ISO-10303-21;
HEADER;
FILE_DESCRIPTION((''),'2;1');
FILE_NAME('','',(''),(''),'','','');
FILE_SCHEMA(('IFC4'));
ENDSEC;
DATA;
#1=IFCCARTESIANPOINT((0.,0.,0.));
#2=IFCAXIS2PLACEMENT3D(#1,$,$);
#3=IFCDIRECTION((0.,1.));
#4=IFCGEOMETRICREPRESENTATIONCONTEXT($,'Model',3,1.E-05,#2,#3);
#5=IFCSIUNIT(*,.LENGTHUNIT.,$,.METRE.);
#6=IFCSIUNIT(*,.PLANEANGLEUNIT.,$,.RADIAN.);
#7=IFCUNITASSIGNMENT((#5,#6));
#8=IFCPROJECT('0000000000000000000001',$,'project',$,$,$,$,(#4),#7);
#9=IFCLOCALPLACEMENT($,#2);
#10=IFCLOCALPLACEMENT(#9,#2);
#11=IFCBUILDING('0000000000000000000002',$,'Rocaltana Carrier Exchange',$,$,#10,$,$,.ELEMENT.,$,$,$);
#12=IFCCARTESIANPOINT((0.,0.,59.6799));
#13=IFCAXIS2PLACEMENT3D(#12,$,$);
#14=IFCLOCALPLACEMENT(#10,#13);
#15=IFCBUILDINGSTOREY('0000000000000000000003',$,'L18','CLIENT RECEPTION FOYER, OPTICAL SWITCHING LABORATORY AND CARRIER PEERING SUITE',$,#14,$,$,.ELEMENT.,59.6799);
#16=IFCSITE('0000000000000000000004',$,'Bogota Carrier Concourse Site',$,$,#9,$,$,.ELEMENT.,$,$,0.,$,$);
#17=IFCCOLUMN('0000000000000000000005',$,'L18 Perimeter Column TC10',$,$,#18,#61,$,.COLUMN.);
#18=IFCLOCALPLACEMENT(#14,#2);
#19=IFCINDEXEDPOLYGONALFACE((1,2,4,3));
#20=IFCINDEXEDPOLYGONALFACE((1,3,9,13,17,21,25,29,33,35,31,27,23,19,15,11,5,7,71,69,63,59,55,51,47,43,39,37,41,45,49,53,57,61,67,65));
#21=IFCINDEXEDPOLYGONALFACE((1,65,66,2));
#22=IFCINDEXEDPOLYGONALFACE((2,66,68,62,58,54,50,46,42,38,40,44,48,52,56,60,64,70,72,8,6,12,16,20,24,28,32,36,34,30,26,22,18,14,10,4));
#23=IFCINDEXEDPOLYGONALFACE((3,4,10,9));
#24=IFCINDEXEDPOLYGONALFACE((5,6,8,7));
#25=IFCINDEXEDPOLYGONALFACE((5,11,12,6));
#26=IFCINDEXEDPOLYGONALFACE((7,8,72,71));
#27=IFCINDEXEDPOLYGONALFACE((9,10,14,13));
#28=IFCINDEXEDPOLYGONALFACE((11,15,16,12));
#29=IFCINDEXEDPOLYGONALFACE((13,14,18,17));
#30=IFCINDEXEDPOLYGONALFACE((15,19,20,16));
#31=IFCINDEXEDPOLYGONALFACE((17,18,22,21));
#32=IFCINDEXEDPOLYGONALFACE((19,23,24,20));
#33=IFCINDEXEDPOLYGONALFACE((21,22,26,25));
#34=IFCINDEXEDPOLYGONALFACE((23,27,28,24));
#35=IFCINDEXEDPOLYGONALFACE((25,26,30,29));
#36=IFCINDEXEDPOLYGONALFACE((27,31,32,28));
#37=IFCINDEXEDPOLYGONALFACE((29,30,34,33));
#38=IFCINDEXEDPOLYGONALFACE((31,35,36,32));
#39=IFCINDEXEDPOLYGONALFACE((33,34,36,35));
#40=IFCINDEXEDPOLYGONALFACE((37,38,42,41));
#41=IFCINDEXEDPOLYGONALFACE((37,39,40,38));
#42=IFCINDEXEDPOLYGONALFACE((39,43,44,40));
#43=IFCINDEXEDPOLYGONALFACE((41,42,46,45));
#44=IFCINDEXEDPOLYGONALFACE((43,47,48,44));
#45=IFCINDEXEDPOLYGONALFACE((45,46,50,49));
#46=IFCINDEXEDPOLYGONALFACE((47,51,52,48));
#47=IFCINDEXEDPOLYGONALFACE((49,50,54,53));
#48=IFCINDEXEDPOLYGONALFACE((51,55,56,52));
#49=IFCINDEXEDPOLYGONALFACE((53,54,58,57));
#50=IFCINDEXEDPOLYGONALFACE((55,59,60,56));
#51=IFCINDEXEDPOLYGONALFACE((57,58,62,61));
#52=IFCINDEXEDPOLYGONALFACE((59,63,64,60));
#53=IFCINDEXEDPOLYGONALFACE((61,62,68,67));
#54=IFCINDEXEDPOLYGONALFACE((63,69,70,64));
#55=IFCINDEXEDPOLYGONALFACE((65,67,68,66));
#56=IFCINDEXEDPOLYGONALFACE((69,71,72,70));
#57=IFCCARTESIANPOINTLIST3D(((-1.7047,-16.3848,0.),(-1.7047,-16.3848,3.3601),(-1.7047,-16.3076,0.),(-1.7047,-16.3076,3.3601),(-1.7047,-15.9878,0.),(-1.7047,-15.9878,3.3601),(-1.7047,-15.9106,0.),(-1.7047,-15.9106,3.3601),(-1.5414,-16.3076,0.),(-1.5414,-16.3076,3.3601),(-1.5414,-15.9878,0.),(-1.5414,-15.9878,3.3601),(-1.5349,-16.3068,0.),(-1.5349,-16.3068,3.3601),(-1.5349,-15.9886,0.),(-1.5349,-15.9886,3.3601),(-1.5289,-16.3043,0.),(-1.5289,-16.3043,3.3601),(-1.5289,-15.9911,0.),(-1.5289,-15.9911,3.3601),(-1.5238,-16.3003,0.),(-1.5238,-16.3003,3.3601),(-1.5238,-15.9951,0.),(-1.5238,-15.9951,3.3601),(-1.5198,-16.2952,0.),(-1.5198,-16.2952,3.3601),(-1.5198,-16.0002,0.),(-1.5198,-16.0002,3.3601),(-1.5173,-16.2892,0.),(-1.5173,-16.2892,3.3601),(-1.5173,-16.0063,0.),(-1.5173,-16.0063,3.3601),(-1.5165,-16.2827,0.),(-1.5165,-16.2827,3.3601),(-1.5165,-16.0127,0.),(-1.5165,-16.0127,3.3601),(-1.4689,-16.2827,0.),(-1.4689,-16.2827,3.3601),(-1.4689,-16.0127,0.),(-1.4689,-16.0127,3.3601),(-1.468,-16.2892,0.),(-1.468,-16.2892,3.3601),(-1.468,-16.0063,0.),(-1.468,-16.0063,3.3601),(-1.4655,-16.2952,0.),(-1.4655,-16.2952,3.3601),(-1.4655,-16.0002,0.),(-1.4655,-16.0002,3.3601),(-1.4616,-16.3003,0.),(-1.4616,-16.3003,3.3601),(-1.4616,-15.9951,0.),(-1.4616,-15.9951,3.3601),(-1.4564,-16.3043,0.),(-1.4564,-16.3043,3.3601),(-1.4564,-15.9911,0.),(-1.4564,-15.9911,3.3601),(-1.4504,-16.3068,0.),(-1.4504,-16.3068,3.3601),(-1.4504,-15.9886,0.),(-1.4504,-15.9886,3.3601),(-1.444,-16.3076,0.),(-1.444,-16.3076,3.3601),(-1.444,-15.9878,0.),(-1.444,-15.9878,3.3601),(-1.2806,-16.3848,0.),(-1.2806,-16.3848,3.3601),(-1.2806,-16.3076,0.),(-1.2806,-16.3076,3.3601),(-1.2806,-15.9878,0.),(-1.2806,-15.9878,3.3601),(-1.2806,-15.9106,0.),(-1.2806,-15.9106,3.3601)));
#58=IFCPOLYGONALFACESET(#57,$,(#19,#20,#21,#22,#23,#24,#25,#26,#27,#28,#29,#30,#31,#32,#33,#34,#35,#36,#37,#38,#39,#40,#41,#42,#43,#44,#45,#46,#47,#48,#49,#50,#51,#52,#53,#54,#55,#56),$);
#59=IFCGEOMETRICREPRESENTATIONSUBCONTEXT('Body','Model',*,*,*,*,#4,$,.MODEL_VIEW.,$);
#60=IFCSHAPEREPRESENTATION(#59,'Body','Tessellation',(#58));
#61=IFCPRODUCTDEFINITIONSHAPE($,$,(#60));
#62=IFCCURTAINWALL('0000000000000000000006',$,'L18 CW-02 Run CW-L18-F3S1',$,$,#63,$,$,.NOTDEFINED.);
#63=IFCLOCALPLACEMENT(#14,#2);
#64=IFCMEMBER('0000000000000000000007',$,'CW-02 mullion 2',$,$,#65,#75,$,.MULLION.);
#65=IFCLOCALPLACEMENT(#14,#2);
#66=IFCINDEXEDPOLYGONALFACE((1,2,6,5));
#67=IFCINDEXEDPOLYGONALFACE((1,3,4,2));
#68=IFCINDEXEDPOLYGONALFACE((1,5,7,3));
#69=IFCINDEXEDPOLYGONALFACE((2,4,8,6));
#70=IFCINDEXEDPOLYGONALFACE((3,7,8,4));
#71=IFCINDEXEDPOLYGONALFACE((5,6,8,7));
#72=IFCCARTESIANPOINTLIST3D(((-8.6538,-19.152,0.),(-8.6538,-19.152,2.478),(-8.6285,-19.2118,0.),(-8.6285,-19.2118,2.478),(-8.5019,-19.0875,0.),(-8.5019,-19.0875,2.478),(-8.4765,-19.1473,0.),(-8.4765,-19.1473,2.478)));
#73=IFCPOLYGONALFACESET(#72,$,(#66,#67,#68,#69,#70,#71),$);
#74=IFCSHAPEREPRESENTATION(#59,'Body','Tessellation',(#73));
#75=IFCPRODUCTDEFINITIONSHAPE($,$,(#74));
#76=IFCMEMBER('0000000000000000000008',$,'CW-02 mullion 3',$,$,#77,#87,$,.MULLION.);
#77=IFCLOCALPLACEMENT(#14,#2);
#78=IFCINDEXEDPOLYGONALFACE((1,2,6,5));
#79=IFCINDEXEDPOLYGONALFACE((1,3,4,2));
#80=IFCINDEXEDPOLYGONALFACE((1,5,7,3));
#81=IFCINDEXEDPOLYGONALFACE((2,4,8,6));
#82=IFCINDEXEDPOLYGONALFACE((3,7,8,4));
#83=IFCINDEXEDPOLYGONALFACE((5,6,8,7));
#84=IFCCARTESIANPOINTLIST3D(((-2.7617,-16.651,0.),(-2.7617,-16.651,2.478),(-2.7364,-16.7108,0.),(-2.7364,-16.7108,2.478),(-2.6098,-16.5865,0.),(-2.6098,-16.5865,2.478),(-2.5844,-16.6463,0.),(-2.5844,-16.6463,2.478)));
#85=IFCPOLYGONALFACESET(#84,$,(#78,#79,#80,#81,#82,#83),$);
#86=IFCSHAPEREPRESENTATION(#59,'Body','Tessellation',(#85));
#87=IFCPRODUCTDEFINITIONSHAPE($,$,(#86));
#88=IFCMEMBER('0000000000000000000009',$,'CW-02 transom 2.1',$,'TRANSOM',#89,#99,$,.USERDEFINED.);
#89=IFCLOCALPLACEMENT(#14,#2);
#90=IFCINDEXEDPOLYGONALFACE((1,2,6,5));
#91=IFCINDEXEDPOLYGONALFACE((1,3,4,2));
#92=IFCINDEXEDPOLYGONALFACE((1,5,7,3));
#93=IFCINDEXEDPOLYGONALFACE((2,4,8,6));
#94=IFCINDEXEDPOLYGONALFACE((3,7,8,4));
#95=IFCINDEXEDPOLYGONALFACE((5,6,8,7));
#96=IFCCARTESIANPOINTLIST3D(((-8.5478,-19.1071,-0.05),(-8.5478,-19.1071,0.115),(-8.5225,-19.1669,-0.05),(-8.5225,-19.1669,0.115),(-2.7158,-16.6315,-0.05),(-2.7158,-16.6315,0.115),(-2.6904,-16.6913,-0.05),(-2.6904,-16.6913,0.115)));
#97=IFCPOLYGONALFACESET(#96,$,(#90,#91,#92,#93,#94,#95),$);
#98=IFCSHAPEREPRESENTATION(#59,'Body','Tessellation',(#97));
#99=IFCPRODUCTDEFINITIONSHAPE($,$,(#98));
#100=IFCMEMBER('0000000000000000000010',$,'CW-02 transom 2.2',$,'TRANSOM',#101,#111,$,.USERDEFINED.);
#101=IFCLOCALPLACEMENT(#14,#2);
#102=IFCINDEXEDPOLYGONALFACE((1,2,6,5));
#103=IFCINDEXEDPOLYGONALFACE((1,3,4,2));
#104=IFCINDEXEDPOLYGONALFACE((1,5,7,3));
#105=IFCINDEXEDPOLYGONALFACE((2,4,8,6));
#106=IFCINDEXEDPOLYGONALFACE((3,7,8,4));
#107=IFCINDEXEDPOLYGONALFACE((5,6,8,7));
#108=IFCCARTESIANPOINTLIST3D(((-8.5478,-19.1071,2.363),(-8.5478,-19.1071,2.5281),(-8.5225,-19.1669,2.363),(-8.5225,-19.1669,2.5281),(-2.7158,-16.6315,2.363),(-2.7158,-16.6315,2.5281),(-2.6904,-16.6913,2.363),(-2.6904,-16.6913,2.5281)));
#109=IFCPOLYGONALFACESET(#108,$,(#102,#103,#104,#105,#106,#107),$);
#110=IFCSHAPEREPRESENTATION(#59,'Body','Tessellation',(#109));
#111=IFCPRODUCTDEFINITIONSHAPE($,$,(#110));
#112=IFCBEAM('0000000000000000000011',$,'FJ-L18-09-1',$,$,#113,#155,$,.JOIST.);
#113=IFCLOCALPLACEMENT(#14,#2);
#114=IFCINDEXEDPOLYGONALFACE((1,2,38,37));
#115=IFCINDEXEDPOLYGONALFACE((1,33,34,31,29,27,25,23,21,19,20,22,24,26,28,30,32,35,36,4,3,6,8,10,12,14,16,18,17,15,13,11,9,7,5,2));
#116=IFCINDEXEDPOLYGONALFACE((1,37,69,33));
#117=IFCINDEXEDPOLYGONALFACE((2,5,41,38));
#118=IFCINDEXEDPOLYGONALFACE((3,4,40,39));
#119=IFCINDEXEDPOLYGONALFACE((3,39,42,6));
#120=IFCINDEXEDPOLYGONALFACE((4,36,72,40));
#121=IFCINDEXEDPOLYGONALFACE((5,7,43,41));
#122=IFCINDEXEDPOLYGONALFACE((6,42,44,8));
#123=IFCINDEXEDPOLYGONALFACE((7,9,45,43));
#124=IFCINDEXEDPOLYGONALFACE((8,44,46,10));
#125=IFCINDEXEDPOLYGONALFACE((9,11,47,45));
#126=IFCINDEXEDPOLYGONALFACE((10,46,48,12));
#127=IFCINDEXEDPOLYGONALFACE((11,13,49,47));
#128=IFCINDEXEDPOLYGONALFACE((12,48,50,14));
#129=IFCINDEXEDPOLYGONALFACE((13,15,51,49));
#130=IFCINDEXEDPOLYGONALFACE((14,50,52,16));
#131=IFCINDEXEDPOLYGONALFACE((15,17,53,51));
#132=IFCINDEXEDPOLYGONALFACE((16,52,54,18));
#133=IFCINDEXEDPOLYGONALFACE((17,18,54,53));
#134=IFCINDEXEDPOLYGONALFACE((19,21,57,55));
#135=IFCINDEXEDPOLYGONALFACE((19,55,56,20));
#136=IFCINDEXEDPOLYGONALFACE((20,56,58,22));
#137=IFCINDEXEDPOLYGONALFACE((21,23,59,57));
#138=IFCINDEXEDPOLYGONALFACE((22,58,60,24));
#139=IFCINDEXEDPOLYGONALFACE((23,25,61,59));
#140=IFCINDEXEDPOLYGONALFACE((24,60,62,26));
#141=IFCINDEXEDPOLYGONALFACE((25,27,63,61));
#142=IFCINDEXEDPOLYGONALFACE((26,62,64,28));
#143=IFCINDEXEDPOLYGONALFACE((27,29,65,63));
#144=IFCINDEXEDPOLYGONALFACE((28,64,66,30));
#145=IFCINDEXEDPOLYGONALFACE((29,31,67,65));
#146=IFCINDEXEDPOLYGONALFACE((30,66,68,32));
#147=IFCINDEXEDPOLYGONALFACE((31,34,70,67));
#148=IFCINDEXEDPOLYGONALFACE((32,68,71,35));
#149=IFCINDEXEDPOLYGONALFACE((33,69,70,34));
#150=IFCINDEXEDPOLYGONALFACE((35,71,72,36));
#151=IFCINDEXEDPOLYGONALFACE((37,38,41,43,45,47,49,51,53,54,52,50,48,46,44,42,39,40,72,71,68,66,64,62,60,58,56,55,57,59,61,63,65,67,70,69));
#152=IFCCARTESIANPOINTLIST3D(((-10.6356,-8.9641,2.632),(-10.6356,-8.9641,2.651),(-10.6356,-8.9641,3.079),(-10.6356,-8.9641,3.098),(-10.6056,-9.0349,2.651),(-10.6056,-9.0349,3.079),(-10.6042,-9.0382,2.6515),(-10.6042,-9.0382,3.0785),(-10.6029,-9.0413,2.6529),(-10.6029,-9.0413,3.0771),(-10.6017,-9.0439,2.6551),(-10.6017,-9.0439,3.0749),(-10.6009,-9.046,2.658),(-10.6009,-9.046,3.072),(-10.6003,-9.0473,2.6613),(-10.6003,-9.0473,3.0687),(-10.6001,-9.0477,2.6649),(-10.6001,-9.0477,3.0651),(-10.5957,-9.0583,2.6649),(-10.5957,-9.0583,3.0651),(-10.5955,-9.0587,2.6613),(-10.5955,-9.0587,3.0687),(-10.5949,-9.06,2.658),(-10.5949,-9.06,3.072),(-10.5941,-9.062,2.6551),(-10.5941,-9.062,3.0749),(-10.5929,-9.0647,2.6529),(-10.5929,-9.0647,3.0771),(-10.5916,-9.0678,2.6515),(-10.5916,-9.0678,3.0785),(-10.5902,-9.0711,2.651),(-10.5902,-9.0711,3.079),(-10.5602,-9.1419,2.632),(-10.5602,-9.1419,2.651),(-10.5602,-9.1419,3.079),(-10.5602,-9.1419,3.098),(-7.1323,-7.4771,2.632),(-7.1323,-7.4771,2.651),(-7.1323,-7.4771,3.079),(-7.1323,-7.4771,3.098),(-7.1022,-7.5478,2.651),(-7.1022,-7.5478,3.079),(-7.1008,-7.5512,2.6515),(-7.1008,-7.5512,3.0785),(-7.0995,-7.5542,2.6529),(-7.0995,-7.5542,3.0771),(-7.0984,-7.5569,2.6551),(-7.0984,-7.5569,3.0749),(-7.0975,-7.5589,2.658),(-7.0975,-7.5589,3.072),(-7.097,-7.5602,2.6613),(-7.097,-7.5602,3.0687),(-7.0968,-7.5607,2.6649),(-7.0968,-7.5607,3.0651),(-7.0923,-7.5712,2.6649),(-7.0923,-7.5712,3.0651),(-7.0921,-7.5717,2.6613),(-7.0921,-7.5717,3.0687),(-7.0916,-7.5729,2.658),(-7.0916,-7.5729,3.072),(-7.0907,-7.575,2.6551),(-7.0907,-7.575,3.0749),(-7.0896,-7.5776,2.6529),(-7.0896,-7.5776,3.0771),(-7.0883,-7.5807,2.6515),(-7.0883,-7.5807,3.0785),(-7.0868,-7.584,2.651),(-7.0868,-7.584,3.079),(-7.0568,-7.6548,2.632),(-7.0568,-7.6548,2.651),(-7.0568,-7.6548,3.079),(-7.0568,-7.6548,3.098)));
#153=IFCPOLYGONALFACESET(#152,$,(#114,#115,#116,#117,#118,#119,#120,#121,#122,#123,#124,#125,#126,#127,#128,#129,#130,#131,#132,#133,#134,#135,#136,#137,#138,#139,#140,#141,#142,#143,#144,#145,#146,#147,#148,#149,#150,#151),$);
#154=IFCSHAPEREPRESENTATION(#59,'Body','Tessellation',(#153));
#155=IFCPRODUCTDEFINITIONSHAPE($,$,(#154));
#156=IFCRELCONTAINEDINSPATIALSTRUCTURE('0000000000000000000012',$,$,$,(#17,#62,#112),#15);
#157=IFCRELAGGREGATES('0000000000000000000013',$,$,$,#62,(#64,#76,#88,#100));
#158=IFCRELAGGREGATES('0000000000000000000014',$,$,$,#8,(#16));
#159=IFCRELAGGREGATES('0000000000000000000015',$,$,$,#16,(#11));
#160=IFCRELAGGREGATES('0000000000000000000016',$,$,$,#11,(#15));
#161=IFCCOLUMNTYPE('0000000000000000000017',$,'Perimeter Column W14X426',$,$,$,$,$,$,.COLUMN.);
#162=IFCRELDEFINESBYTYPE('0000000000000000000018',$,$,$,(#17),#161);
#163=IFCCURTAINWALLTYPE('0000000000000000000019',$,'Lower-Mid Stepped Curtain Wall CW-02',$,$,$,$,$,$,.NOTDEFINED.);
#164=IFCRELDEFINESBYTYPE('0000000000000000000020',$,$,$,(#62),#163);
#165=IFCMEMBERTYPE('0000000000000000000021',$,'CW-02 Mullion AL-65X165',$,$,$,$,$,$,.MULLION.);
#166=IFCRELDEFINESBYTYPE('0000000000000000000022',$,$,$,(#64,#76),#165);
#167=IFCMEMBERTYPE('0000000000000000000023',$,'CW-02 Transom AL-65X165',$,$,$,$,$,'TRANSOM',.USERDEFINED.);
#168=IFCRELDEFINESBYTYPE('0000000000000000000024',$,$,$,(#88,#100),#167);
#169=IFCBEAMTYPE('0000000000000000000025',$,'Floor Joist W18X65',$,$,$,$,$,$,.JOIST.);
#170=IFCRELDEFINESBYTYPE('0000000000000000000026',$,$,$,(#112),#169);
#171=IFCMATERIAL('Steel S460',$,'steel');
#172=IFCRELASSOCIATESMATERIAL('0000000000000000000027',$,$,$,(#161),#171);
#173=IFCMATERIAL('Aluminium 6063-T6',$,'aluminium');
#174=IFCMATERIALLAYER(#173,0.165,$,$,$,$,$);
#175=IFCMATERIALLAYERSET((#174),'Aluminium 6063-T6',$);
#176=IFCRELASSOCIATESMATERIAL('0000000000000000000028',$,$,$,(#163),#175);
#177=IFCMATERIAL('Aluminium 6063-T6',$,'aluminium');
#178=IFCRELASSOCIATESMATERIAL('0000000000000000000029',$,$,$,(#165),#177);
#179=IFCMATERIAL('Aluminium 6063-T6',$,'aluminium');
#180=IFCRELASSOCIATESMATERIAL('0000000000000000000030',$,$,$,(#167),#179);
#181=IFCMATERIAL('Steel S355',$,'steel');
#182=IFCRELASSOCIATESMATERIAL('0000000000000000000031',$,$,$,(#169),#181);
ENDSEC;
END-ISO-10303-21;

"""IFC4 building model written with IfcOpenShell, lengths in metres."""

from ifc_helpers import new_model, si_unit, direction, frame, origin, origin_2d, place, context, subcontext, project, spatial, rectangle, i_section, extrude, material, layer, layer_set, material_profile, profile_set, type_object, element, aggregate, save


model = new_model("IFC4")

# Units and contexts
model_context = context("Model", 3, precision=1e-05, world=origin(), true_north=direction((0.0, 1.0)))
body_context = subcontext(model_context, "Body", "Model", "MODEL_VIEW")
ifc_project = project(units=[si_unit("LENGTHUNIT", "METRE"), si_unit("PLANEANGLEUNIT", "RADIAN")], contexts=[model_context])

# Site, building, storey
site_placement = place(None, origin())
site = spatial("IfcSite", under=ifc_project, at=site_placement, Name="Bogota Carrier Concourse Site", CompositionType="ELEMENT", RefElevation=0.0)
building_placement = place(site_placement, origin())
building = spatial("IfcBuilding", under=site, at=building_placement, Name="Rocaltana Carrier Exchange", CompositionType="ELEMENT")
storey_placement = place(building_placement, frame((0.0, 0.0, 59.6799)))
storey = spatial("IfcBuildingStorey", under=building, at=storey_placement, Name="L18", Description="CLIENT RECEPTION FOYER, OPTICAL SWITCHING LABORATORY AND CARRIER PEERING SUITE", CompositionType="ELEMENT", Elevation=59.6799)

# Column
ifc_material_1 = material(Name="Steel S460", Category="steel")
ifc_material_profile_1 = material_profile(ifc_material_1, i_section(OverallWidth=0.4241, OverallDepth=0.4741, WebThickness=0.0476, FlangeThickness=0.0771, FilletRadius=0.0249, at=origin_2d()), Name="W14X426")
ifc_profile_set_1 = profile_set([ifc_material_profile_1], Name="Steel S460")
column_type = type_object("IfcColumnType", Name="Perimeter Column W14X426", PredefinedType="COLUMN", material=ifc_profile_set_1)
column_placement = place(storey_placement, frame((-1.4927, -16.1477, 0.0), z_axis=(0.0, 0.0, 1.0), x_axis=(1.0, 0.0, 0.0)))
element("IfcColumn", 1, at=column_placement, inside=storey, type_object=column_type, Name="L18 Perimeter Column TC10", PredefinedType="COLUMN", context=body_context, shape_type="SweptSolid", body=[
    extrude(i_section(OverallWidth=0.4241, OverallDepth=0.4741, WebThickness=0.0476, FlangeThickness=0.0771, FilletRadius=0.0249, at=origin_2d()), origin(), (0.0, 0.0, 1.0), 3.3601),
])

# Curtain wall, members
ifc_material_2 = material(Name="Aluminium 6063-T6", Category="aluminium")
ifc_layer_1 = layer(ifc_material_2, 0.165)
ifc_layer_set_1 = layer_set([ifc_layer_1], Name="Aluminium 6063-T6")
curtain_wall_type = type_object("IfcCurtainWallType", Name="Lower-Mid Stepped Curtain Wall CW-02", PredefinedType="NOTDEFINED", material=ifc_layer_set_1)
curtain_wall_placement = place(storey_placement, origin())
curtain_wall = element("IfcCurtainWall", 2, at=curtain_wall_placement, inside=storey, type_object=curtain_wall_type, Name="L18 CW-02 Run CW-L18-F3S1", PredefinedType="NOTDEFINED")
ifc_material_3 = material(Name="Aluminium 6063-T6", Category="aluminium")
ifc_material_profile_2 = material_profile(ifc_material_3, rectangle(XDim=0.0649, YDim=0.165, at=origin_2d()), Name="AL-65X165")
ifc_profile_set_2 = profile_set([ifc_material_profile_2], Name="Aluminium 6063-T6")
member_type_1 = type_object("IfcMemberType", Name="CW-02 Mullion AL-65X165", PredefinedType="MULLION", material=ifc_profile_set_2)
member_1_placement = place(storey_placement, frame((-8.5652, -19.1497, 0.0), z_axis=(0.0, 0.0, 1.0), x_axis=(-0.390729, 0.920506, 0.0)))
member_1 = element("IfcMember", 3, at=member_1_placement, type_object=member_type_1, Name="CW-02 mullion 2", PredefinedType="MULLION", context=body_context, shape_type="SweptSolid", body=[
    extrude(rectangle(XDim=0.0649, YDim=0.165, at=origin_2d()), origin(), (0.0, 0.0, 1.0), 2.478),
])
member_2_placement = place(storey_placement, frame((-2.6731, -16.6487, 0.0), z_axis=(0.0, 0.0, 1.0), x_axis=(-0.390729, 0.920506, 0.0)))
member_2 = element("IfcMember", 4, at=member_2_placement, type_object=member_type_1, Name="CW-02 mullion 3", PredefinedType="MULLION", context=body_context, shape_type="SweptSolid", body=[
    extrude(rectangle(XDim=0.0649, YDim=0.165, at=origin_2d()), origin(), (0.0, 0.0, 1.0), 2.478),
])
ifc_material_4 = material(Name="Aluminium 6063-T6", Category="aluminium")
ifc_material_profile_3 = material_profile(ifc_material_4, rectangle(XDim=0.0649, YDim=0.165, at=origin_2d()), Name="AL-65X165")
ifc_profile_set_3 = profile_set([ifc_material_profile_3], Name="Aluminium 6063-T6")
member_type_2 = type_object("IfcMemberType", Name="CW-02 Transom AL-65X165", ElementType="TRANSOM", PredefinedType="USERDEFINED", material=ifc_profile_set_3)
member_3_placement = place(storey_placement, frame((-8.5352, -19.137, 0.0325), z_axis=(0.920503, 0.390736, 0.0), x_axis=(-0.390736, 0.920503, 0.0)))
member_3 = element("IfcMember", 5, at=member_3_placement, type_object=member_type_2, Name="CW-02 transom 2.1", ObjectType="TRANSOM", PredefinedType="USERDEFINED", context=body_context, shape_type="SweptSolid", body=[
    extrude(rectangle(XDim=0.0649, YDim=0.165, at=origin_2d()), origin(), (0.0, 0.0, 1.0), 6.3357),
])
member_4_placement = place(storey_placement, frame((-8.5352, -19.137, 2.4456), z_axis=(0.920503, 0.390736, 0.0), x_axis=(-0.390736, 0.920503, 0.0)))
member_4 = element("IfcMember", 6, at=member_4_placement, type_object=member_type_2, Name="CW-02 transom 2.2", ObjectType="TRANSOM", PredefinedType="USERDEFINED", context=body_context, shape_type="SweptSolid", body=[
    extrude(rectangle(XDim=0.0649, YDim=0.165, at=origin_2d()), origin(), (0.0, 0.0, 1.0), 6.3357),
])

# Beam
ifc_material_5 = material(Name="Steel S355", Category="steel")
ifc_material_profile_4 = material_profile(ifc_material_5, i_section(OverallWidth=0.1931, OverallDepth=0.4661, WebThickness=0.0115, FlangeThickness=0.019, FilletRadius=0.0139, at=origin_2d()), Name="W18X65")
ifc_profile_set_4 = profile_set([ifc_material_profile_4], Name="Steel S355")
beam_type = type_object("IfcBeamType", Name="Floor Joist W18X65", PredefinedType="JOIST", material=ifc_profile_set_4)
beam_1_placement = place(storey_placement, frame((-10.5979, -9.053, 2.865), z_axis=(0.92051, 0.39072, 0.0), x_axis=(-0.39072, 0.92051, 0.0)))
element("IfcBeam", 7, at=beam_1_placement, inside=storey, type_object=beam_type, Name="FJ-L18-09-1", PredefinedType="JOIST", context=body_context, shape_type="SweptSolid", body=[
    extrude(i_section(OverallWidth=0.1931, OverallDepth=0.4661, WebThickness=0.0115, FlangeThickness=0.019, FilletRadius=0.0139, at=origin_2d()), origin(), (0.0, 0.0, 1.0), 3.8059),
])

aggregate(curtain_wall, [member_1, member_2, member_3, member_4])

save(model, "model.ifc")
